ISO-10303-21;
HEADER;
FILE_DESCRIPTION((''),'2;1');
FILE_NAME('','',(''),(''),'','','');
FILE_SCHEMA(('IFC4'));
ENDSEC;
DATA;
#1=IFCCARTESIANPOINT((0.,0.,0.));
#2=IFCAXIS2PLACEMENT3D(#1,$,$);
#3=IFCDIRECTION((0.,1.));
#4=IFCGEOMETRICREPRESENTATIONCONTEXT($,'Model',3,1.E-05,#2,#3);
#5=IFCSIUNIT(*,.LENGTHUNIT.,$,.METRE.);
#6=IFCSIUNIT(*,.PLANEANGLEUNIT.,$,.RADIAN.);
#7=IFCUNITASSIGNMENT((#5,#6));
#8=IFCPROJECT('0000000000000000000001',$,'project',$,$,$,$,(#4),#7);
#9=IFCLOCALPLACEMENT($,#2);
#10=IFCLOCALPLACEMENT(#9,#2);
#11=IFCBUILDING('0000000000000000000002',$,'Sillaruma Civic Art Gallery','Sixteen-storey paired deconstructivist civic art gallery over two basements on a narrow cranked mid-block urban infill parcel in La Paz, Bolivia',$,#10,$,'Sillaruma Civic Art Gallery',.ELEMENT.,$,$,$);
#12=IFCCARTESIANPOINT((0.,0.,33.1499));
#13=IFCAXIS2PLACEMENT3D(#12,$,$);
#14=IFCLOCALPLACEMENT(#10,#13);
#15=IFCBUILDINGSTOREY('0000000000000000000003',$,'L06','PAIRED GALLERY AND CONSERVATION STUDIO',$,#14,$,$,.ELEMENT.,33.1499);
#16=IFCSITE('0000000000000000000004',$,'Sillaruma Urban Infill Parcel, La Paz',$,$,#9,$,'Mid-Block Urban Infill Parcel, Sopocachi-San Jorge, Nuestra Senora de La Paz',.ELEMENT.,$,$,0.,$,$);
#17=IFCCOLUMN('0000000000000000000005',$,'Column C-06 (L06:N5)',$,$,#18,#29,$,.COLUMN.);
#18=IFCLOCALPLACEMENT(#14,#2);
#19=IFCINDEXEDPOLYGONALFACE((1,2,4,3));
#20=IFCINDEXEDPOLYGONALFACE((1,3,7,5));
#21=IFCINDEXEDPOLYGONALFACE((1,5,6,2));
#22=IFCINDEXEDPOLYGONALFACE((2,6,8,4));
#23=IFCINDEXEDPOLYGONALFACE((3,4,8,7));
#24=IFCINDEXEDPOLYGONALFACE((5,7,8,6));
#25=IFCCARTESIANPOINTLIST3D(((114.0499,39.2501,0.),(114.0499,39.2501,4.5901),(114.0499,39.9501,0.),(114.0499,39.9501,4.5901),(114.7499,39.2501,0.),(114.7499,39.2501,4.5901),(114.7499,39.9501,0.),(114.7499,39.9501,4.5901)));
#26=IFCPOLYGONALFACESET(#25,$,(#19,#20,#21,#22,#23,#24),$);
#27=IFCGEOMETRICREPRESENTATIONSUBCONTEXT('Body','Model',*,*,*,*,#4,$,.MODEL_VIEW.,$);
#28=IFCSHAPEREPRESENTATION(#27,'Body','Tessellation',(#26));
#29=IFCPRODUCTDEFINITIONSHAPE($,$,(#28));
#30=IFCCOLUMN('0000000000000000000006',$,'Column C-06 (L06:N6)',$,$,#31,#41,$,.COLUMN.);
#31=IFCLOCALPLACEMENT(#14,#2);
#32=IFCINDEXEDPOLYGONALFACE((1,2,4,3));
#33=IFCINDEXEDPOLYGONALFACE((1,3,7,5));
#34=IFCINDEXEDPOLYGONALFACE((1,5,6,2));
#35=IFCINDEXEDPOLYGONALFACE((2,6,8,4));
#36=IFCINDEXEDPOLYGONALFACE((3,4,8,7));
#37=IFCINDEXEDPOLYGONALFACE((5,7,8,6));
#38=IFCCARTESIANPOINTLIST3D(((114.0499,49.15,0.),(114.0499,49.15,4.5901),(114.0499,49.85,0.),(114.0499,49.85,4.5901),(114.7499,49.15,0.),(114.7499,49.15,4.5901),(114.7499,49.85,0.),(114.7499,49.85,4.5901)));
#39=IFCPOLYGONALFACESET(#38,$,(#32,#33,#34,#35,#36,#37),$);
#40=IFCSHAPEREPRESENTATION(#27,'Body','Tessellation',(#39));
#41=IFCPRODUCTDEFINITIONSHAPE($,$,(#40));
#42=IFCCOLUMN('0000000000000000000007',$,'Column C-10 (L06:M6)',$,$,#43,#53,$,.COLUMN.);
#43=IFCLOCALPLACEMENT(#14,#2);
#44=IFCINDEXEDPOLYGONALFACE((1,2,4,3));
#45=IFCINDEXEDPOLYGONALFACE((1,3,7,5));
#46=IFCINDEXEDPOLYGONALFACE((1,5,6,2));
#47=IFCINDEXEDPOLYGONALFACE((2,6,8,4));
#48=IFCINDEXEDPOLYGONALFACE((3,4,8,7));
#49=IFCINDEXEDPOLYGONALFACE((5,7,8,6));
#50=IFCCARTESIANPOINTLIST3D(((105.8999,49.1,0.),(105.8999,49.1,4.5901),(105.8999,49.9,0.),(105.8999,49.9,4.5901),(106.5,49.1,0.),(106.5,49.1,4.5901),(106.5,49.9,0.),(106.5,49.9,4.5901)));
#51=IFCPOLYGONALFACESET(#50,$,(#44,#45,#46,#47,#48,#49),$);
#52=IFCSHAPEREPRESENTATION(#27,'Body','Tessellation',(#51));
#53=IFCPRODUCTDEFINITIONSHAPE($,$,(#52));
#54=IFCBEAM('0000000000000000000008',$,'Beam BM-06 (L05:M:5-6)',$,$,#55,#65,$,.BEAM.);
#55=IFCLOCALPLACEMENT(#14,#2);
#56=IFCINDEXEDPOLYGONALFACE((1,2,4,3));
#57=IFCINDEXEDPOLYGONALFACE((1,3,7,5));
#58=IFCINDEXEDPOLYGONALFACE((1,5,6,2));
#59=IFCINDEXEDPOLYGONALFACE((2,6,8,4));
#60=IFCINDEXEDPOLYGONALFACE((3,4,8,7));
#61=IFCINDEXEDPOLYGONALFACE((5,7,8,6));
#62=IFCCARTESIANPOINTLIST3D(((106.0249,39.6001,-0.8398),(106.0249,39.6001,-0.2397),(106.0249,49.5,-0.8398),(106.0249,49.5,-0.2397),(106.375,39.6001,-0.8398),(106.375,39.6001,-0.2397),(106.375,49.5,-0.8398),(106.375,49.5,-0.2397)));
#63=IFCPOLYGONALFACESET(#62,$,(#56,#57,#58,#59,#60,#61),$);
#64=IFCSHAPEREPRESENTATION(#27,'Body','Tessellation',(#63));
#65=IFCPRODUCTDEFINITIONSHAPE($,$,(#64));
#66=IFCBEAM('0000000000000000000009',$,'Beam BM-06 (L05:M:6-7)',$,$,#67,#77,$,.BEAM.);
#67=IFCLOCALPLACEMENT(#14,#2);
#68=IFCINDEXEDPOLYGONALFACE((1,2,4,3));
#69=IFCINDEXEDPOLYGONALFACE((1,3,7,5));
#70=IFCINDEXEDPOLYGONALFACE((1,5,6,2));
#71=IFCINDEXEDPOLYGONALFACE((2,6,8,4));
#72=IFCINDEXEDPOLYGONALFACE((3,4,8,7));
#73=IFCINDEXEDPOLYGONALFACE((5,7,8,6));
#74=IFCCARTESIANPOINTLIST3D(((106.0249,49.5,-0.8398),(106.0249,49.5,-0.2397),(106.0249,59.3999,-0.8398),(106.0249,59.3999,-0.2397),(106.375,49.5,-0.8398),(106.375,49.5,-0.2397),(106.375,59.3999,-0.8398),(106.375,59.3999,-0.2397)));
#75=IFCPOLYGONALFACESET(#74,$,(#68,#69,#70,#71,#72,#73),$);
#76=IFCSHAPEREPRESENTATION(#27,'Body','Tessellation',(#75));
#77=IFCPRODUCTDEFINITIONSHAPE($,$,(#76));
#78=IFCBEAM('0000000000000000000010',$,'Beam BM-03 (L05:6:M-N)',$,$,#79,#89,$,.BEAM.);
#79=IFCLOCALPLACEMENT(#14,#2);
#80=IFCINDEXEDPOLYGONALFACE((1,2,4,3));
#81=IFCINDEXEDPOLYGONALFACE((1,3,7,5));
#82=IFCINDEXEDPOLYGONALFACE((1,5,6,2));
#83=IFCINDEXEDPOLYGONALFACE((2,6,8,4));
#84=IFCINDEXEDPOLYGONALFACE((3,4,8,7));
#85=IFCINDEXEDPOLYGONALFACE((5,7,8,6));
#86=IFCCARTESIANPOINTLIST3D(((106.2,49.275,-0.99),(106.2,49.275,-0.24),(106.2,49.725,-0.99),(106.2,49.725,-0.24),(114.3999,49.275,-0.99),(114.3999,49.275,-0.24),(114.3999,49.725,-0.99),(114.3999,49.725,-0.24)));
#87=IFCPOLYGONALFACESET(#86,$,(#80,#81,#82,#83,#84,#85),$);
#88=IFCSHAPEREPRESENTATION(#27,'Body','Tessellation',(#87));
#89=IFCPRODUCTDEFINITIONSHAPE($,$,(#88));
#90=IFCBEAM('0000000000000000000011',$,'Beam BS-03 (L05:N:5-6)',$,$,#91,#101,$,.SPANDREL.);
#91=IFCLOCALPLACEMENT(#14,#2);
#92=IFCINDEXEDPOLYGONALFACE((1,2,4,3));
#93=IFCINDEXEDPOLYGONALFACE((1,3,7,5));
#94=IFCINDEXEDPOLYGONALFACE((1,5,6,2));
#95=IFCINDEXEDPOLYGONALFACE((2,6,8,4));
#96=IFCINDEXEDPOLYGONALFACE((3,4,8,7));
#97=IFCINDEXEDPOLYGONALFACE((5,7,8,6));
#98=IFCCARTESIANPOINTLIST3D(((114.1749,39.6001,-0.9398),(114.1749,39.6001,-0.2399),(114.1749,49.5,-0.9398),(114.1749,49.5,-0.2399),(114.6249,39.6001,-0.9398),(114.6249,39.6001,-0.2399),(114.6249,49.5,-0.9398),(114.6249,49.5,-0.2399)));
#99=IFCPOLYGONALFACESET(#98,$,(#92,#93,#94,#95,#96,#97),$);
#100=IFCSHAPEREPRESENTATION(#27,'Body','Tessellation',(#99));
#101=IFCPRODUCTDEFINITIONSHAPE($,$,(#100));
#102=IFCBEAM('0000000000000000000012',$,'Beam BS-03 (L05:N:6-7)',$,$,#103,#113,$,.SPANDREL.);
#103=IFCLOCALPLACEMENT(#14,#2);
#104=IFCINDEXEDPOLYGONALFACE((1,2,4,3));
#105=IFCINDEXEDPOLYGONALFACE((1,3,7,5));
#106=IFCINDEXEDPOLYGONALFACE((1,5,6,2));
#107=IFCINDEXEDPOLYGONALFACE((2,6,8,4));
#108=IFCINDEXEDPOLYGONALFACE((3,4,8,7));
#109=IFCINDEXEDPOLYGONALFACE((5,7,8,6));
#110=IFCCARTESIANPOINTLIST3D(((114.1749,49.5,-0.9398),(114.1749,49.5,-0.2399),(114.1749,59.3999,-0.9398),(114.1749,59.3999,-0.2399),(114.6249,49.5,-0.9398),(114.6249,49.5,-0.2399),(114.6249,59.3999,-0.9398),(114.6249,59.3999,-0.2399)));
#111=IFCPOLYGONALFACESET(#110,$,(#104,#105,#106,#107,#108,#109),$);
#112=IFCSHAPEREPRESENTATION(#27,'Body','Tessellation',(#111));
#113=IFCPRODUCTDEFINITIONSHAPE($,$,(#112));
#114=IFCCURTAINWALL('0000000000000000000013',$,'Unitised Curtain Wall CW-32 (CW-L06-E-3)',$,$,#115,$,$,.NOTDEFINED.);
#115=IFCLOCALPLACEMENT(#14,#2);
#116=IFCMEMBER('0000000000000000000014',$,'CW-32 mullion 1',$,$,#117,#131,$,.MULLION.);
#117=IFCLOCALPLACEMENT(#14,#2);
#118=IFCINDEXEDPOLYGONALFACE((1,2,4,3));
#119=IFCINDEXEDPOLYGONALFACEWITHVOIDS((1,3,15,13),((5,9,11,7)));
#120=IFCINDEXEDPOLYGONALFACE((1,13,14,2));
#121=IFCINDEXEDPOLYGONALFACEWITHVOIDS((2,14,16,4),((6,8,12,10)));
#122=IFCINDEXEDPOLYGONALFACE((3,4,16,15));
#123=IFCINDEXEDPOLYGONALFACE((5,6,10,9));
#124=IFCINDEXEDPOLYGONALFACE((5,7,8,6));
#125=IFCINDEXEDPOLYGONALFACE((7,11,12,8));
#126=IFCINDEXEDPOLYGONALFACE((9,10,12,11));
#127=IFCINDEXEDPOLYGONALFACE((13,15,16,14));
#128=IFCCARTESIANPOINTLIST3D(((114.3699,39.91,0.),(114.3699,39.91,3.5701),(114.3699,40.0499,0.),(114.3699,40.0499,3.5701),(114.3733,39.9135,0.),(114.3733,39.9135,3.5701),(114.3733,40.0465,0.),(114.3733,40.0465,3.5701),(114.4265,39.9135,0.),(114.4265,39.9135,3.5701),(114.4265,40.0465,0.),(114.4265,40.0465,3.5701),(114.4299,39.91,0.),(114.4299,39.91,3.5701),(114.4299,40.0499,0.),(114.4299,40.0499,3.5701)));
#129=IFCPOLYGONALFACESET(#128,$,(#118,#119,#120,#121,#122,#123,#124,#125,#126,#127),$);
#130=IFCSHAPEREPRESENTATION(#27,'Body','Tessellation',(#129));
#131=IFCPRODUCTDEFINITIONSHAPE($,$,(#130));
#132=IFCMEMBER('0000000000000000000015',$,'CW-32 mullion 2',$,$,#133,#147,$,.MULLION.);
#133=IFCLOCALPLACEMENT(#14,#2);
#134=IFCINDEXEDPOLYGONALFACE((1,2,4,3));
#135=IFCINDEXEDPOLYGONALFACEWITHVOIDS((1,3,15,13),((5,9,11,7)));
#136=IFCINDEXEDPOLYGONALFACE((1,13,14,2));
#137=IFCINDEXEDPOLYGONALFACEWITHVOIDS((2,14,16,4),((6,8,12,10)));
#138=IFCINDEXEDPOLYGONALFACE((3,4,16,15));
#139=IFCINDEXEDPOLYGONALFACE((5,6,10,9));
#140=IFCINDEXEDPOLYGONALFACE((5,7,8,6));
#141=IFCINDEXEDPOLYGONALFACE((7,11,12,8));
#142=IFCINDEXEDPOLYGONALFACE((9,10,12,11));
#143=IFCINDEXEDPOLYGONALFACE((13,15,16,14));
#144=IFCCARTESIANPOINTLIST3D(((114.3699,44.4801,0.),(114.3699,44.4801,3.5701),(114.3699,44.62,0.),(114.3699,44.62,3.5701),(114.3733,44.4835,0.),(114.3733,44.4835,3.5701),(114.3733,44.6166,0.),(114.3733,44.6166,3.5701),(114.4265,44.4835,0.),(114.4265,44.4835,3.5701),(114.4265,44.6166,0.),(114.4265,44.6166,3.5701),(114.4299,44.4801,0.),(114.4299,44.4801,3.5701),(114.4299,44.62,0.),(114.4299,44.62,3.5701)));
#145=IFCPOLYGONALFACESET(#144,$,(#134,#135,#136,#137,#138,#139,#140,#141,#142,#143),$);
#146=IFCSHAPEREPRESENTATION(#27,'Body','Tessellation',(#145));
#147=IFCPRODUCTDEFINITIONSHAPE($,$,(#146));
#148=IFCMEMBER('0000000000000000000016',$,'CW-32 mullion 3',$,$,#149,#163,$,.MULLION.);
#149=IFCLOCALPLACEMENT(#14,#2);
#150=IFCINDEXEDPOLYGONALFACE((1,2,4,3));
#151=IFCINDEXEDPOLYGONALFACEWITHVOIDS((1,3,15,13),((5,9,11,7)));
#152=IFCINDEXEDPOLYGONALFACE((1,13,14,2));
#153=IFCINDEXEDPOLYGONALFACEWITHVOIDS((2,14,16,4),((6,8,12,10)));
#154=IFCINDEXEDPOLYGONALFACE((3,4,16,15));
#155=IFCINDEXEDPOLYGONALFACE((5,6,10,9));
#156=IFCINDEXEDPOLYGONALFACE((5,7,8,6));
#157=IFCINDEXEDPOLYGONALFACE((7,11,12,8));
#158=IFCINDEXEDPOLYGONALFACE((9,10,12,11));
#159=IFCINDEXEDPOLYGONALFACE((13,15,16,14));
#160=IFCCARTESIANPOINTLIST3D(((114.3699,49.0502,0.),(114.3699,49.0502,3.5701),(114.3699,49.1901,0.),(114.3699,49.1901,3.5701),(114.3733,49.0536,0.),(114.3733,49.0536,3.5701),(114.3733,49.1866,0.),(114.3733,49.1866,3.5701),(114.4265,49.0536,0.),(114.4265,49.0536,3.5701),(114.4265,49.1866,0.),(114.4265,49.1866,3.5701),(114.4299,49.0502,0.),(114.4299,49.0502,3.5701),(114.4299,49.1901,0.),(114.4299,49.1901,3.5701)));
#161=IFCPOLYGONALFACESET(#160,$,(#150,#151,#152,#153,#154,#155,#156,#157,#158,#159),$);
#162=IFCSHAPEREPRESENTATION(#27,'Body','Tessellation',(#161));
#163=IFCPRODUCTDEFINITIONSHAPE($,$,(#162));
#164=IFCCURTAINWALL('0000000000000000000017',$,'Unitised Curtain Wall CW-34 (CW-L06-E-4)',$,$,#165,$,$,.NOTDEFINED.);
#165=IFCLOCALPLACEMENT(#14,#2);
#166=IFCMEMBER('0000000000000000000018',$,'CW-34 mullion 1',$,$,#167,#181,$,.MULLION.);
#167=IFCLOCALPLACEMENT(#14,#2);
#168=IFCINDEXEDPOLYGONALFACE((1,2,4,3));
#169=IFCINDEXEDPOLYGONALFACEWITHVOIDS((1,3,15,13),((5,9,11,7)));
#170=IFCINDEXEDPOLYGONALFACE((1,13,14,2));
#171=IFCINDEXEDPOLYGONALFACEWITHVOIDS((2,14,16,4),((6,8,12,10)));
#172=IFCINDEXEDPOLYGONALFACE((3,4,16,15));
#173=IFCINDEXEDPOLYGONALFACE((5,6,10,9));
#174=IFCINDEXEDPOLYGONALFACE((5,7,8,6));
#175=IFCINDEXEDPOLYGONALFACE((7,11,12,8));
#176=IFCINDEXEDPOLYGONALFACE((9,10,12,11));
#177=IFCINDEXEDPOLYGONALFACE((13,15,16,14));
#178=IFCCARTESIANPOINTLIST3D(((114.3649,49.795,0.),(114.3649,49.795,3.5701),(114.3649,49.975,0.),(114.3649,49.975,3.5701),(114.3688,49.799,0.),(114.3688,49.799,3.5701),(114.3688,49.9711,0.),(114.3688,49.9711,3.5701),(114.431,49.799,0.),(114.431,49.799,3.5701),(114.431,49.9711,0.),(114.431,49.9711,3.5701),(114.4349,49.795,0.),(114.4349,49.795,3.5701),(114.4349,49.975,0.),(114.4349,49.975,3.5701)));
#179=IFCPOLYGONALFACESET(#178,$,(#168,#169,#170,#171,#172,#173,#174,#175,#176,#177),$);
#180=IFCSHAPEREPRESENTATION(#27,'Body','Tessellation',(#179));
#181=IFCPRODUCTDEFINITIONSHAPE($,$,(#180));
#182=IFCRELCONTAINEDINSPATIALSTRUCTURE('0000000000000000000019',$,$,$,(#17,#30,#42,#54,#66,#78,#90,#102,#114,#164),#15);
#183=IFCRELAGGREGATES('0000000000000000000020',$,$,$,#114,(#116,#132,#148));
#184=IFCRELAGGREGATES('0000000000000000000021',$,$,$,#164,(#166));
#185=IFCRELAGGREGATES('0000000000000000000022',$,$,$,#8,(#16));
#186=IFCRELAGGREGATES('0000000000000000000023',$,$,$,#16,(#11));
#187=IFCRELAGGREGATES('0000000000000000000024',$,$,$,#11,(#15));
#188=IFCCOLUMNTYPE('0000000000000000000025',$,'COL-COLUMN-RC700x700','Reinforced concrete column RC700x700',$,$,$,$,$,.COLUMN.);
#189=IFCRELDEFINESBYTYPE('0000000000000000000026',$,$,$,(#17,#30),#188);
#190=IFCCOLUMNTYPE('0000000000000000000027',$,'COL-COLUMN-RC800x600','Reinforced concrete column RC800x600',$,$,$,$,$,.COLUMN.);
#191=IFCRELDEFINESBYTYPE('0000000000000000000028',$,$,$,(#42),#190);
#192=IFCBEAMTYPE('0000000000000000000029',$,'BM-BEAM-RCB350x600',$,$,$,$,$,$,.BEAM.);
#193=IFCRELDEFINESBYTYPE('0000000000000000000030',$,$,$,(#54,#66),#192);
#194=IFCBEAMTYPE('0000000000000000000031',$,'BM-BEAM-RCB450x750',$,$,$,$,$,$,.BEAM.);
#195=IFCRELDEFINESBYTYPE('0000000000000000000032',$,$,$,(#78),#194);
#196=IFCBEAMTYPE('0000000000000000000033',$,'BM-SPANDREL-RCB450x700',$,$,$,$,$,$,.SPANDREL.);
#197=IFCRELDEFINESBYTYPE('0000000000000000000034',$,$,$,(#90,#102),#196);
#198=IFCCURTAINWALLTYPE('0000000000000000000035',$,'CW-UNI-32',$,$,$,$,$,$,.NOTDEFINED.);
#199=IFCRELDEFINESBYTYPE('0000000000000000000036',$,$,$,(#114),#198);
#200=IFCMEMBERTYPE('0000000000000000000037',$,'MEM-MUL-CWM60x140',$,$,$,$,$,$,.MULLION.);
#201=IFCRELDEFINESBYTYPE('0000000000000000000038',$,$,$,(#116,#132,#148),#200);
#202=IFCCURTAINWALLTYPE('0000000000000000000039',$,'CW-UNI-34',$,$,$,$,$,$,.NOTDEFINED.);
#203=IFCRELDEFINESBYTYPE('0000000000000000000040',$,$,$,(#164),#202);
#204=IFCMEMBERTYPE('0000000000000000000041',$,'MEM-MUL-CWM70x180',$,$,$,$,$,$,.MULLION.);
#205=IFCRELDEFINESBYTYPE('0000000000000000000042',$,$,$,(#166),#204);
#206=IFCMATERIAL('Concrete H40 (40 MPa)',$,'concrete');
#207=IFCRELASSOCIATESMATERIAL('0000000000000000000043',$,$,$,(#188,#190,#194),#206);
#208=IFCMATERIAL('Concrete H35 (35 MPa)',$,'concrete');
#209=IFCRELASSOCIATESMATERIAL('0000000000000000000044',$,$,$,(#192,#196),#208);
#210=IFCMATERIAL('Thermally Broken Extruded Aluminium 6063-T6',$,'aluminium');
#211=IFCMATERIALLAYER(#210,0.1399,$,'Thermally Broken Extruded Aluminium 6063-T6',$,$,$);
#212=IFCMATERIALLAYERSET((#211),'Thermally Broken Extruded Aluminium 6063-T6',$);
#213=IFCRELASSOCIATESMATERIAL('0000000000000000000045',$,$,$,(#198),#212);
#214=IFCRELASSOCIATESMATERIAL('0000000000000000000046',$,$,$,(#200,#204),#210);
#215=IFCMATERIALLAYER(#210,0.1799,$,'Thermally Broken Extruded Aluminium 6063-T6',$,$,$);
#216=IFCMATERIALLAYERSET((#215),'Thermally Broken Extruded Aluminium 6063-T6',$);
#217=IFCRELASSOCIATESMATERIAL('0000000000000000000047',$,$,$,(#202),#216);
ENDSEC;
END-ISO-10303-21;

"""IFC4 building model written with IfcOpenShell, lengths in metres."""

from ifc_helpers import new_model, si_unit, direction, frame, origin, origin_2d, place, context, subcontext, project, spatial, rectangle, hollow_rectangle, extrude, material, layer, layer_set, material_profile, profile_set, type_object, element, aggregate, save


model = new_model("IFC4")

# Units and contexts
model_context = context("Model", 3, precision=1e-05, world=origin(), true_north=direction((0.0, 1.0)))
body_context = subcontext(model_context, "Body", "Model", "MODEL_VIEW")
ifc_project = project(units=[si_unit("LENGTHUNIT", "METRE"), si_unit("PLANEANGLEUNIT", "RADIAN")], contexts=[model_context])

# Site, building, storey
site_placement = place(None, origin())
site = spatial("IfcSite", under=ifc_project, at=site_placement, Name="Sillaruma Urban Infill Parcel, La Paz", LongName="Mid-Block Urban Infill Parcel, Sopocachi-San Jorge, Nuestra Senora de La Paz", CompositionType="ELEMENT", RefElevation=0.0)
building_placement = place(site_placement, origin())
building = spatial("IfcBuilding", under=site, at=building_placement, Name="Sillaruma Civic Art Gallery", Description="Sixteen-storey paired deconstructivist civic art gallery over two basements on a narrow cranked mid-block urban infill parcel in La Paz, Bolivia", LongName="Sillaruma Civic Art Gallery", CompositionType="ELEMENT")
storey_placement = place(building_placement, frame((0.0, 0.0, 33.1499)))
storey = spatial("IfcBuildingStorey", under=building, at=storey_placement, Name="L06", Description="PAIRED GALLERY AND CONSERVATION STUDIO", CompositionType="ELEMENT", Elevation=33.1499)

# Columns
ifc_material_1 = material(Name="Concrete H40 (40 MPa)", Category="concrete")
ifc_material_profile_1 = material_profile(ifc_material_1, rectangle(XDim=0.7, YDim=0.7, at=origin_2d()), Name="RC700x700")
ifc_profile_set_1 = profile_set([ifc_material_profile_1], Name="Concrete H40 (40 MPa)")
column_type_1 = type_object("IfcColumnType", Name="COL-COLUMN-RC700x700", Description="Reinforced concrete column RC700x700", PredefinedType="COLUMN", material=ifc_profile_set_1)
for number, where, z_axis, x_axis, name in (
    (1, (114.3999, 39.6001, 0.0), (0.0, 0.0, 1.0), (1.0, 0.0, 0.0), "Column C-06 (L06:N5)"),
    (2, (114.3999, 49.5, 0.0), (0.0, 0.0, 1.0), (1.0, 0.0, 0.0), "Column C-06 (L06:N6)"),
):
    element("IfcColumn", number, at=place(storey_placement, frame(where, z_axis=z_axis, x_axis=x_axis)), inside=storey, type_object=column_type_1, Name=name, PredefinedType="COLUMN", context=body_context, shape_type="SweptSolid", body=[
        extrude(rectangle(XDim=0.7, YDim=0.7, at=origin_2d()), origin(), (0.0, 0.0, 1.0), 4.5901),
    ])
ifc_material_profile_2 = material_profile(ifc_material_1, rectangle(XDim=0.6001, YDim=0.8, at=origin_2d()), Name="RC800x600")
ifc_profile_set_2 = profile_set([ifc_material_profile_2], Name="Concrete H40 (40 MPa)")
column_type_2 = type_object("IfcColumnType", Name="COL-COLUMN-RC800x600", Description="Reinforced concrete column RC800x600", PredefinedType="COLUMN", material=ifc_profile_set_2)
column_placement = place(storey_placement, frame((106.2, 49.5, 0.0), z_axis=(0.0, 0.0, 1.0), x_axis=(1.0, 0.0, 0.0)))
element("IfcColumn", 3, at=column_placement, inside=storey, type_object=column_type_2, Name="Column C-10 (L06:M6)", PredefinedType="COLUMN", context=body_context, shape_type="SweptSolid", body=[
    extrude(rectangle(XDim=0.6001, YDim=0.8, at=origin_2d()), origin(), (0.0, 0.0, 1.0), 4.5901),
])

# Beams
ifc_material_2 = material(Name="Concrete H35 (35 MPa)", Category="concrete")
ifc_material_profile_3 = material_profile(ifc_material_2, rectangle(XDim=0.3501, YDim=0.6001, at=origin_2d()), Name="RCB350x600")
ifc_profile_set_3 = profile_set([ifc_material_profile_3], Name="Concrete H35 (35 MPa)")
beam_type_1 = type_object("IfcBeamType", Name="BM-BEAM-RCB350x600", PredefinedType="BEAM", material=ifc_profile_set_3)
for number, where, z_axis, x_axis, name in (
    (4, (106.2, 39.6001, -0.5398), (0.0, 1.0, 0.0), (-1.0, 0.0, 0.0), "Beam BM-06 (L05:M:5-6)"),
    (5, (106.2, 49.5, -0.5398), (0.0, 1.0, 0.0), (-1.0, 0.0, 0.0), "Beam BM-06 (L05:M:6-7)"),
):
    element("IfcBeam", number, at=place(storey_placement, frame(where, z_axis=z_axis, x_axis=x_axis)), inside=storey, type_object=beam_type_1, Name=name, PredefinedType="BEAM", context=body_context, shape_type="SweptSolid", body=[
        extrude(rectangle(XDim=0.3501, YDim=0.6001, at=origin_2d()), origin(), (0.0, 0.0, 1.0), 9.8999),
    ])
ifc_material_profile_4 = material_profile(ifc_material_1, rectangle(XDim=0.45, YDim=0.75, at=origin_2d()), Name="RCB450x750")
ifc_profile_set_4 = profile_set([ifc_material_profile_4], Name="Concrete H40 (40 MPa)")
beam_type_2 = type_object("IfcBeamType", Name="BM-BEAM-RCB450x750", PredefinedType="BEAM", material=ifc_profile_set_4)
beam_placement = place(storey_placement, frame((106.2, 49.5, -0.615), z_axis=(1.0, 0.0, 0.0), x_axis=(0.0, 1.0, 0.0)))
element("IfcBeam", 6, at=beam_placement, inside=storey, type_object=beam_type_2, Name="Beam BM-03 (L05:6:M-N)", PredefinedType="BEAM", context=body_context, shape_type="SweptSolid", body=[
    extrude(rectangle(XDim=0.45, YDim=0.75, at=origin_2d()), origin(), (0.0, 0.0, 1.0), 8.2),
])
ifc_material_profile_5 = material_profile(ifc_material_2, rectangle(XDim=0.45, YDim=0.7, at=origin_2d()), Name="RCB450x700")
ifc_profile_set_5 = profile_set([ifc_material_profile_5], Name="Concrete H35 (35 MPa)")
beam_type_3 = type_object("IfcBeamType", Name="BM-SPANDREL-RCB450x700", PredefinedType="SPANDREL", material=ifc_profile_set_5)
for number, where, z_axis, x_axis, name in (
    (7, (114.3999, 39.6001, -0.5898), (0.0, 1.0, 0.0), (-1.0, 0.0, 0.0), "Beam BS-03 (L05:N:5-6)"),
    (8, (114.3999, 49.5, -0.5898), (0.0, 1.0, 0.0), (-1.0, 0.0, 0.0), "Beam BS-03 (L05:N:6-7)"),
):
    element("IfcBeam", number, at=place(storey_placement, frame(where, z_axis=z_axis, x_axis=x_axis)), inside=storey, type_object=beam_type_3, Name=name, PredefinedType="SPANDREL", context=body_context, shape_type="SweptSolid", body=[
        extrude(rectangle(XDim=0.45, YDim=0.7, at=origin_2d()), origin(), (0.0, 0.0, 1.0), 9.8999),
    ])

# Curtain walls, members
ifc_material_3 = material(Name="Thermally Broken Extruded Aluminium 6063-T6", Category="aluminium")
ifc_layer_1 = layer(ifc_material_3, 0.1399, Name="Thermally Broken Extruded Aluminium 6063-T6")
ifc_layer_set_1 = layer_set([ifc_layer_1], Name="Thermally Broken Extruded Aluminium 6063-T6")
curtain_wall_type_1 = type_object("IfcCurtainWallType", Name="CW-UNI-32", PredefinedType="NOTDEFINED", material=ifc_layer_set_1)
curtain_wall_1_placement = place(storey_placement, origin())
curtain_wall_1 = element("IfcCurtainWall", 9, at=curtain_wall_1_placement, inside=storey, type_object=curtain_wall_type_1, Name="Unitised Curtain Wall CW-32 (CW-L06-E-3)", PredefinedType="NOTDEFINED")
ifc_material_profile_6 = material_profile(ifc_material_3, hollow_rectangle(XDim=0.0601, YDim=0.1399, WallThickness=0.0034, at=origin_2d()), Name="CWM60x140")
ifc_profile_set_6 = profile_set([ifc_material_profile_6], Name="Thermally Broken Extruded Aluminium 6063-T6")
member_type_1 = type_object("IfcMemberType", Name="MEM-MUL-CWM60x140", PredefinedType="MULLION", material=ifc_profile_set_6)
member_1_placement = place(storey_placement, frame((114.3999, 39.98, 0.0), z_axis=(0.0, 0.0, 1.0), x_axis=(-1.0, 0.0, 0.0)))
member_1 = element("IfcMember", 10, at=member_1_placement, type_object=member_type_1, Name="CW-32 mullion 1", PredefinedType="MULLION", context=body_context, shape_type="SweptSolid", body=[
    extrude(hollow_rectangle(XDim=0.0601, YDim=0.1399, WallThickness=0.0034, at=origin_2d()), origin(), (0.0, 0.0, 1.0), 3.5701),
])
member_2_placement = place(storey_placement, frame((114.3999, 44.55, 0.0), z_axis=(0.0, 0.0, 1.0), x_axis=(-1.0, 0.0, 0.0)))
member_2 = element("IfcMember", 11, at=member_2_placement, type_object=member_type_1, Name="CW-32 mullion 2", PredefinedType="MULLION", context=body_context, shape_type="SweptSolid", body=[
    extrude(hollow_rectangle(XDim=0.0601, YDim=0.1399, WallThickness=0.0034, at=origin_2d()), origin(), (0.0, 0.0, 1.0), 3.5701),
])
member_3_placement = place(storey_placement, frame((114.3999, 49.1201, 0.0), z_axis=(0.0, 0.0, 1.0), x_axis=(-1.0, 0.0, 0.0)))
member_3 = element("IfcMember", 12, at=member_3_placement, type_object=member_type_1, Name="CW-32 mullion 3", PredefinedType="MULLION", context=body_context, shape_type="SweptSolid", body=[
    extrude(hollow_rectangle(XDim=0.0601, YDim=0.1399, WallThickness=0.0034, at=origin_2d()), origin(), (0.0, 0.0, 1.0), 3.5701),
])
ifc_layer_2 = layer(ifc_material_3, 0.1799, Name="Thermally Broken Extruded Aluminium 6063-T6")
ifc_layer_set_2 = layer_set([ifc_layer_2], Name="Thermally Broken Extruded Aluminium 6063-T6")
curtain_wall_type_2 = type_object("IfcCurtainWallType", Name="CW-UNI-34", PredefinedType="NOTDEFINED", material=ifc_layer_set_2)
curtain_wall_2_placement = place(storey_placement, origin())
curtain_wall_2 = element("IfcCurtainWall", 13, at=curtain_wall_2_placement, inside=storey, type_object=curtain_wall_type_2, Name="Unitised Curtain Wall CW-34 (CW-L06-E-4)", PredefinedType="NOTDEFINED")
ifc_material_profile_7 = material_profile(ifc_material_3, hollow_rectangle(XDim=0.0701, YDim=0.1799, WallThickness=0.0039, at=origin_2d()), Name="CWM70x180")
ifc_profile_set_7 = profile_set([ifc_material_profile_7], Name="Thermally Broken Extruded Aluminium 6063-T6")
member_type_2 = type_object("IfcMemberType", Name="MEM-MUL-CWM70x180", PredefinedType="MULLION", material=ifc_profile_set_7)
member_4_placement = place(storey_placement, frame((114.3999, 49.885, 0.0), z_axis=(0.0, 0.0, 1.0), x_axis=(-1.0, 0.0, 0.0)))
member_4 = element("IfcMember", 14, at=member_4_placement, type_object=member_type_2, Name="CW-34 mullion 1", PredefinedType="MULLION", context=body_context, shape_type="SweptSolid", body=[
    extrude(hollow_rectangle(XDim=0.0701, YDim=0.1799, WallThickness=0.0039, at=origin_2d()), origin(), (0.0, 0.0, 1.0), 3.5701),
])

aggregate(curtain_wall_1, [member_1, member_2, member_3])
aggregate(curtain_wall_2, [member_4])

save(model, "model.ifc")
